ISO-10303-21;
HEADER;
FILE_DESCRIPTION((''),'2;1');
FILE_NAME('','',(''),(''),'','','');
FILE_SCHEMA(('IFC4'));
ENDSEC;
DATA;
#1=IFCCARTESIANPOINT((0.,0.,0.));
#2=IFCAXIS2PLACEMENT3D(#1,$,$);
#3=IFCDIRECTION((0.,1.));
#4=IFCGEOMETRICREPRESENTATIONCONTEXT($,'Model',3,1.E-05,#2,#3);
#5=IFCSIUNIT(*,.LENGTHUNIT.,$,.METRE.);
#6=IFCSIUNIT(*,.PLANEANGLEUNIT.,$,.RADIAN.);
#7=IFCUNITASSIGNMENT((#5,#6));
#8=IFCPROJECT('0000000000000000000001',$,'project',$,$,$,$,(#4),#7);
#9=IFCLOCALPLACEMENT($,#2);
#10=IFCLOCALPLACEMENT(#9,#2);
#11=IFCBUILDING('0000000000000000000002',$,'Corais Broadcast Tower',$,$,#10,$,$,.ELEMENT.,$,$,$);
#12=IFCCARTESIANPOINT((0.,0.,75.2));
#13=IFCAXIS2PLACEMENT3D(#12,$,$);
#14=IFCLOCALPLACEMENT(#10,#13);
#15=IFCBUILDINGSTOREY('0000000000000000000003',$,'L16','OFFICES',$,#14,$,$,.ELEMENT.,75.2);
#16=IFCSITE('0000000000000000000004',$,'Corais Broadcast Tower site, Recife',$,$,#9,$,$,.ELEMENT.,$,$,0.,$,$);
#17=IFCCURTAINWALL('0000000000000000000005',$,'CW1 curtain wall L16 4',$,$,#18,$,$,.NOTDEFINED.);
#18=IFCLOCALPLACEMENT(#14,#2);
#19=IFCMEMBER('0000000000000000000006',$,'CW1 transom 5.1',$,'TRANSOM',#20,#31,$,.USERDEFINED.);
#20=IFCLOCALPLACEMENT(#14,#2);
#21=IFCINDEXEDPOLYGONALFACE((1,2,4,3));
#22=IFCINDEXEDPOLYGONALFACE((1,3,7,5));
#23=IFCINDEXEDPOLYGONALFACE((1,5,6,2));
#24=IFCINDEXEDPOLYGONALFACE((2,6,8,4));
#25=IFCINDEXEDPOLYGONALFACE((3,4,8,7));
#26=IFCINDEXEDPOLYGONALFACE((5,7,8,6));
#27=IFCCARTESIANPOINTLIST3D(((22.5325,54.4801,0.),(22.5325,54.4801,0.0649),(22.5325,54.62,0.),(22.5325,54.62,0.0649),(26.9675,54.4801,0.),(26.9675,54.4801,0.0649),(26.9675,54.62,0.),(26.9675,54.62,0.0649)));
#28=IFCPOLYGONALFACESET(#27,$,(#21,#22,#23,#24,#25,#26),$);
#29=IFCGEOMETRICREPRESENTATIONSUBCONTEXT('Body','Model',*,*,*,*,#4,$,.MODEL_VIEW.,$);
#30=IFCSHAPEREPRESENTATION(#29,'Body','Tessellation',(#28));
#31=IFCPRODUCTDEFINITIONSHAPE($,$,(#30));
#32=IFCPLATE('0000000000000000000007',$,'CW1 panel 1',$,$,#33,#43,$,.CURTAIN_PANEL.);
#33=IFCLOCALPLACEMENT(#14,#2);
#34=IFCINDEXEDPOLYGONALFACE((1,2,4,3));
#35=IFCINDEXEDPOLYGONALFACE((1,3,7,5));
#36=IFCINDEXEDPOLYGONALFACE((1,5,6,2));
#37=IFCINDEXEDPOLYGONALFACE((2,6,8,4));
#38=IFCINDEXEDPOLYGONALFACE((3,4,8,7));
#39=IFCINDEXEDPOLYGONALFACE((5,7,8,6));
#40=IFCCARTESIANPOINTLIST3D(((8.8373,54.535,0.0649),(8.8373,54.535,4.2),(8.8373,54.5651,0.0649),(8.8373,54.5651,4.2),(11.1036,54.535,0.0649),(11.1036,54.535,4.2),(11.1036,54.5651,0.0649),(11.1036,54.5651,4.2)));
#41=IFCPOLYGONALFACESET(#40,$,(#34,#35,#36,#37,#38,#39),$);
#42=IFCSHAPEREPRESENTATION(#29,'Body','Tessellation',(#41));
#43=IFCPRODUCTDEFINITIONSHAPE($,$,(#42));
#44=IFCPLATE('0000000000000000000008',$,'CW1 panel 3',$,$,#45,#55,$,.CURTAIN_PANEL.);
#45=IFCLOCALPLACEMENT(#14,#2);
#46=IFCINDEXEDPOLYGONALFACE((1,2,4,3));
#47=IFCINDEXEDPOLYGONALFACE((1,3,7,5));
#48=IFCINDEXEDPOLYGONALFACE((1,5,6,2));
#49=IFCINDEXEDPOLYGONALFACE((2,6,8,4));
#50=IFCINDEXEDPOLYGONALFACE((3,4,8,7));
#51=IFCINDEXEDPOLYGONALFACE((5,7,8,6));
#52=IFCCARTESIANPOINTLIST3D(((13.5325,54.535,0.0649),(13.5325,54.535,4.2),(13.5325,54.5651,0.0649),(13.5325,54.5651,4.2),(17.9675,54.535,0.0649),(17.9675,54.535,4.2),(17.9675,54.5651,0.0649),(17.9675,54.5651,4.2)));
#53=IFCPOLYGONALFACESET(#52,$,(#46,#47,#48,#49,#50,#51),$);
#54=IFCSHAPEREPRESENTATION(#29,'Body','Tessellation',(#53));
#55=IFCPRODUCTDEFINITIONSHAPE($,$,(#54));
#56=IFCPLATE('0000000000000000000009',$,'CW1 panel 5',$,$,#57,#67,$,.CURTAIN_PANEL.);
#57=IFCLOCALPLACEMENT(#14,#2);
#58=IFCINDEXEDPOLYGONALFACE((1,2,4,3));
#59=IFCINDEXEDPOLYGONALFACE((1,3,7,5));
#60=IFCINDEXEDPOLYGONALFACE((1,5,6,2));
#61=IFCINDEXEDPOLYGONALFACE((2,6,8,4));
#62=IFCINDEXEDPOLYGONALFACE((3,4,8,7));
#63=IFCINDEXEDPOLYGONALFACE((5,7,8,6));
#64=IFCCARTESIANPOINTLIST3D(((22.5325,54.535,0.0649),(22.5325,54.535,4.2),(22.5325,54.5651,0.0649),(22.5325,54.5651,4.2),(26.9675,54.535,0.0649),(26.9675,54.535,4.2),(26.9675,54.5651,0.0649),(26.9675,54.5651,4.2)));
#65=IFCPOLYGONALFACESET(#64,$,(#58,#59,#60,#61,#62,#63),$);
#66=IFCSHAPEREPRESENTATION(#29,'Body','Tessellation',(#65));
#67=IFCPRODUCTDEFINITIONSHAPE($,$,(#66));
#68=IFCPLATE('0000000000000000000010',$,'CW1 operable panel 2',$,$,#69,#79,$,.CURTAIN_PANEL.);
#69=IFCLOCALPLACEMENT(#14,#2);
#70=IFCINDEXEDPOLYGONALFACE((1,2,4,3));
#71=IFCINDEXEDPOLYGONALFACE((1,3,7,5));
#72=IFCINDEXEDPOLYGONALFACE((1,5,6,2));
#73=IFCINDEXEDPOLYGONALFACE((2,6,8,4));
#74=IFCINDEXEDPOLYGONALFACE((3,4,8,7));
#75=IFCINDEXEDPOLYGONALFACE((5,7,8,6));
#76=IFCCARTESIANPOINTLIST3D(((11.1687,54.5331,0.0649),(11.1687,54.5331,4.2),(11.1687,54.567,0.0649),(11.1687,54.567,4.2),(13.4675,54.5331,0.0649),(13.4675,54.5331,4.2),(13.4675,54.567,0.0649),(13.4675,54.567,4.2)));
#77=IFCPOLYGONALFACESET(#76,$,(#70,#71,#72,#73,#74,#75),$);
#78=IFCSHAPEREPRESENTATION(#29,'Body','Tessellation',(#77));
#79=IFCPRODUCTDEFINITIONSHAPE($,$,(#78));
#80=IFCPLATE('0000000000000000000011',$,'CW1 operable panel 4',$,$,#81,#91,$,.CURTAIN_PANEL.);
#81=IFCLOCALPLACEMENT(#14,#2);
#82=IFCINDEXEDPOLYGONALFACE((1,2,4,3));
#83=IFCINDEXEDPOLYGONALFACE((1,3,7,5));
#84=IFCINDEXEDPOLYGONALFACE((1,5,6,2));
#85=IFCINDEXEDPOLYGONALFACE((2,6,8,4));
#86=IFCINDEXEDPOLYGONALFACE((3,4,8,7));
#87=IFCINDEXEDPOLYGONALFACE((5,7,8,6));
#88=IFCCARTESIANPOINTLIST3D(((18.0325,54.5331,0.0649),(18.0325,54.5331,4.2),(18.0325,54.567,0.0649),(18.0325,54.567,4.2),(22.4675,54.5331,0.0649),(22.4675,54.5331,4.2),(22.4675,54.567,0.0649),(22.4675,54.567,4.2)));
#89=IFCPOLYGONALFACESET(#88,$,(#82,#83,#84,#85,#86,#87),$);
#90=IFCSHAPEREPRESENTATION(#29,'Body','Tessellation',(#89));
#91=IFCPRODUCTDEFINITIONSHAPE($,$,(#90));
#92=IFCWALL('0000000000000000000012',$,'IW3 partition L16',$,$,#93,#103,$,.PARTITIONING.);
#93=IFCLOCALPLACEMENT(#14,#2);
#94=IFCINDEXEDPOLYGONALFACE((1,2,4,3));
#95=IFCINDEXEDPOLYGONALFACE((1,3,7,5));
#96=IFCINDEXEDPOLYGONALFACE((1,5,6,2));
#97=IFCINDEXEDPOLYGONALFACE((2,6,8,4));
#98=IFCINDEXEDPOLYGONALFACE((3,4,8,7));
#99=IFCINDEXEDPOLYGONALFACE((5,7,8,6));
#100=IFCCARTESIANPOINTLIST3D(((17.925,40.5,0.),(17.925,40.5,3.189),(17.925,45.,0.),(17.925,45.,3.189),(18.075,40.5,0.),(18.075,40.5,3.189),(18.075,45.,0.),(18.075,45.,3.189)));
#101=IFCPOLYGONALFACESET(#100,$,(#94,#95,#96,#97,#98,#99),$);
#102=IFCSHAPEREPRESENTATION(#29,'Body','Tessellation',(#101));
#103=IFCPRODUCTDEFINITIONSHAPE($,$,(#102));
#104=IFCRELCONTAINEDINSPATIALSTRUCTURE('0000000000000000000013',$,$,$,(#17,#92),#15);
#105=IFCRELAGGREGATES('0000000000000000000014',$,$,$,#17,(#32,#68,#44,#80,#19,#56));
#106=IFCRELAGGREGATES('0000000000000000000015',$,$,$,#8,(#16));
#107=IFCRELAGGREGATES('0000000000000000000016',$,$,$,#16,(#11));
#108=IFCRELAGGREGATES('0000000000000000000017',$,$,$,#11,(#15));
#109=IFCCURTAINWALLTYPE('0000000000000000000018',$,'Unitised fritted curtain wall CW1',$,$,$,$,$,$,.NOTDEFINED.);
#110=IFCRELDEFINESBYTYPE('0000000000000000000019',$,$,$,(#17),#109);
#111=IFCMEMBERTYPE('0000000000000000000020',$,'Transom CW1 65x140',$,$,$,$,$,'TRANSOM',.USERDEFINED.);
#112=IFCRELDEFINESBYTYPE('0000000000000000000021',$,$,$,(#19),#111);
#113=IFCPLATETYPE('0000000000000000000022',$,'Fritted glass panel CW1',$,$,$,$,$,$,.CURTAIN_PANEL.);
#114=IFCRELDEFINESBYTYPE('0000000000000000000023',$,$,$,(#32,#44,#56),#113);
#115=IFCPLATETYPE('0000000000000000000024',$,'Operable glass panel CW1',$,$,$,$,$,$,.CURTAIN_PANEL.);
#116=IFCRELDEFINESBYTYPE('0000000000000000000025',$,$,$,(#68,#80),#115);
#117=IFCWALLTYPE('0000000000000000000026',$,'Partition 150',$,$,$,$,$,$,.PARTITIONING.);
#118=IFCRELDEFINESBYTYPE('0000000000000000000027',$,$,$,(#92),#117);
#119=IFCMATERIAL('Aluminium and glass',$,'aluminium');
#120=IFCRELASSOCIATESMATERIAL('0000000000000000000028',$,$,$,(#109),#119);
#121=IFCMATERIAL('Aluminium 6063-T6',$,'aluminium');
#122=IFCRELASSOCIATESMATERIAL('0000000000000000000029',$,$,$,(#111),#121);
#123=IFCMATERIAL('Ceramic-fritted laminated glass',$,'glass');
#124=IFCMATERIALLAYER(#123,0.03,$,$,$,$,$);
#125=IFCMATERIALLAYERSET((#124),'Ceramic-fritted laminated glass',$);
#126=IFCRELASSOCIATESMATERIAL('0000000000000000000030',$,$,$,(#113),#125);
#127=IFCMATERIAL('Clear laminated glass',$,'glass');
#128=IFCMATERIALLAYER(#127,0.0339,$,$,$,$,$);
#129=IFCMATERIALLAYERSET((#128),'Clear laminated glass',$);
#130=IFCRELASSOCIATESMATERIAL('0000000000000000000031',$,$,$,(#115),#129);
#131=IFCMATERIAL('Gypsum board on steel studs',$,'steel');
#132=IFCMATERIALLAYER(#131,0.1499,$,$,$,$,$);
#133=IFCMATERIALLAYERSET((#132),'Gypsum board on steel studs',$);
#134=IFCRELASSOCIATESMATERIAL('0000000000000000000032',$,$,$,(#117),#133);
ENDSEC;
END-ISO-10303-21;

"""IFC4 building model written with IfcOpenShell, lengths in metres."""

from ifc_helpers import new_model, si_unit, direction, frame, frame_2d, origin, origin_2d, place, context, subcontext, project, spatial, rectangle, extrude, material, layer, layer_set, material_profile, profile_set, type_object, element, aggregate, save


model = new_model("IFC4")

# Units and contexts
model_context = context("Model", 3, precision=1e-05, world=origin(), true_north=direction((0.0, 1.0)))
body_context = subcontext(model_context, "Body", "Model", "MODEL_VIEW")
ifc_project = project(units=[si_unit("LENGTHUNIT", "METRE"), si_unit("PLANEANGLEUNIT", "RADIAN")], contexts=[model_context])

# Site, building, storey
site_placement = place(None, origin())
site = spatial("IfcSite", under=ifc_project, at=site_placement, Name="Corais Broadcast Tower site, Recife", CompositionType="ELEMENT", RefElevation=0.0)
building_placement = place(site_placement, origin())
building = spatial("IfcBuilding", under=site, at=building_placement, Name="Corais Broadcast Tower", CompositionType="ELEMENT")
storey_placement = place(building_placement, frame((0.0, 0.0, 75.2)))
storey = spatial("IfcBuildingStorey", under=building, at=storey_placement, Name="L16", Description="OFFICES", CompositionType="ELEMENT", Elevation=75.2)

# Curtain wall
ifc_material_1 = material(Name="Aluminium and glass", Category="aluminium")
curtain_wall_type = type_object("IfcCurtainWallType", Name="Unitised fritted curtain wall CW1", PredefinedType="NOTDEFINED", material=ifc_material_1)
curtain_wall_placement = place(storey_placement, origin())
curtain_wall = element("IfcCurtainWall", 1, at=curtain_wall_placement, inside=storey, type_object=curtain_wall_type, Name="CW1 curtain wall L16 4", PredefinedType="NOTDEFINED")

# Member
ifc_material_2 = material(Name="Aluminium 6063-T6", Category="aluminium")
ifc_material_profile_1 = material_profile(ifc_material_2, rectangle(XDim=0.1399, YDim=0.0649, at=origin_2d()), Name="Transom CW1 65x140")
ifc_profile_set_1 = profile_set([ifc_material_profile_1], Name="Aluminium 6063-T6")
member_type_1 = type_object("IfcMemberType", Name="Transom CW1 65x140", ElementType="TRANSOM", PredefinedType="USERDEFINED", material=ifc_profile_set_1)
member_1_placement = place(storey_placement, frame((22.5325, 54.55, 0.0325), z_axis=(1.0, 0.0, 0.0), x_axis=(0.0, 1.0, 0.0)))
member_1 = element("IfcMember", 2, at=member_1_placement, type_object=member_type_1, Name="CW1 transom 5.1", ObjectType="TRANSOM", PredefinedType="USERDEFINED", context=body_context, shape_type="SweptSolid", body=[
    extrude(rectangle(XDim=0.1399, YDim=0.0649, at=origin_2d()), origin(), (0.0, 0.0, 1.0), 4.4351),
])

# Plates
ifc_material_3 = material(Name="Ceramic-fritted laminated glass", Category="glass")
ifc_layer_1 = layer(ifc_material_3, 0.03)
ifc_layer_set_1 = layer_set([ifc_layer_1], Name="Ceramic-fritted laminated glass")
plate_type_1 = type_object("IfcPlateType", Name="Fritted glass panel CW1", PredefinedType="CURTAIN_PANEL", material=ifc_layer_set_1)
plate_1_placement = place(storey_placement, frame((9.9705, 54.55, 0.0649), z_axis=(0.0, 0.0, 1.0), x_axis=(1.0, 0.0, 0.0)))
plate_1 = element("IfcPlate", 3, at=plate_1_placement, type_object=plate_type_1, Name="CW1 panel 1", PredefinedType="CURTAIN_PANEL", context=body_context, shape_type="SweptSolid", body=[
    extrude(rectangle(XDim=2.2664, YDim=0.03, at=origin_2d()), origin(), (0.0, 0.0, 1.0), 4.135),
])
plate_2_placement = place(storey_placement, frame((15.75, 54.55, 0.0649), z_axis=(0.0, 0.0, 1.0), x_axis=(1.0, 0.0, 0.0)))
plate_2 = element("IfcPlate", 4, at=plate_2_placement, type_object=plate_type_1, Name="CW1 panel 3", PredefinedType="CURTAIN_PANEL", context=body_context, shape_type="SweptSolid", body=[
    extrude(rectangle(XDim=4.4351, YDim=0.03, at=origin_2d()), origin(), (0.0, 0.0, 1.0), 4.135),
])
plate_3_placement = place(storey_placement, frame((24.75, 54.55, 0.0649), z_axis=(0.0, 0.0, 1.0), x_axis=(1.0, 0.0, 0.0)))
plate_3 = element("IfcPlate", 5, at=plate_3_placement, type_object=plate_type_1, Name="CW1 panel 5", PredefinedType="CURTAIN_PANEL", context=body_context, shape_type="SweptSolid", body=[
    extrude(rectangle(XDim=4.4351, YDim=0.03, at=origin_2d()), origin(), (0.0, 0.0, 1.0), 4.135),
])
ifc_material_4 = material(Name="Clear laminated glass", Category="glass")
ifc_layer_2 = layer(ifc_material_4, 0.0339)
ifc_layer_set_2 = layer_set([ifc_layer_2], Name="Clear laminated glass")
plate_type_2 = type_object("IfcPlateType", Name="Operable glass panel CW1", PredefinedType="CURTAIN_PANEL", material=ifc_layer_set_2)
plate_4_placement = place(storey_placement, frame((12.3181, 54.55, 0.0649), z_axis=(0.0, 0.0, 1.0), x_axis=(1.0, 0.0, 0.0)))
plate_4 = element("IfcPlate", 6, at=plate_4_placement, type_object=plate_type_2, Name="CW1 operable panel 2", PredefinedType="CURTAIN_PANEL", context=body_context, shape_type="SweptSolid", body=[
    extrude(rectangle(XDim=2.2988, YDim=0.0339, at=origin_2d()), origin(), (0.0, 0.0, 1.0), 4.135),
])
plate_5_placement = place(storey_placement, frame((20.25, 54.55, 0.0649), z_axis=(0.0, 0.0, 1.0), x_axis=(1.0, 0.0, 0.0)))
plate_5 = element("IfcPlate", 7, at=plate_5_placement, type_object=plate_type_2, Name="CW1 operable panel 4", PredefinedType="CURTAIN_PANEL", context=body_context, shape_type="SweptSolid", body=[
    extrude(rectangle(XDim=4.4351, YDim=0.0339, at=origin_2d()), origin(), (0.0, 0.0, 1.0), 4.135),
])
aggregate(curtain_wall, [plate_1, plate_4, plate_2, plate_5, member_1, plate_3])

# Wall
ifc_material_5 = material(Name="Gypsum board on steel studs", Category="steel")
ifc_layer_3 = layer(ifc_material_5, 0.1499)
ifc_layer_set_3 = layer_set([ifc_layer_3], Name="Gypsum board on steel studs")
wall_type = type_object("IfcWallType", Name="Partition 150", PredefinedType="PARTITIONING", material=ifc_layer_set_3)
wall_placement = place(storey_placement, frame((18.0, 45.0, 0.0), z_axis=(0.0, 0.0, 1.0), x_axis=(0.0, -1.0, 0.0)))
element("IfcWall", 8, at=wall_placement, inside=storey, type_object=wall_type, Name="IW3 partition L16", PredefinedType="PARTITIONING", context=body_context, shape_type="SweptSolid", body=[
    extrude(rectangle(XDim=4.5, YDim=0.1499, at=frame_2d((2.25, 0.0))), origin(), (0.0, 0.0, 1.0), 3.189),
])

save(model, "model.ifc")
